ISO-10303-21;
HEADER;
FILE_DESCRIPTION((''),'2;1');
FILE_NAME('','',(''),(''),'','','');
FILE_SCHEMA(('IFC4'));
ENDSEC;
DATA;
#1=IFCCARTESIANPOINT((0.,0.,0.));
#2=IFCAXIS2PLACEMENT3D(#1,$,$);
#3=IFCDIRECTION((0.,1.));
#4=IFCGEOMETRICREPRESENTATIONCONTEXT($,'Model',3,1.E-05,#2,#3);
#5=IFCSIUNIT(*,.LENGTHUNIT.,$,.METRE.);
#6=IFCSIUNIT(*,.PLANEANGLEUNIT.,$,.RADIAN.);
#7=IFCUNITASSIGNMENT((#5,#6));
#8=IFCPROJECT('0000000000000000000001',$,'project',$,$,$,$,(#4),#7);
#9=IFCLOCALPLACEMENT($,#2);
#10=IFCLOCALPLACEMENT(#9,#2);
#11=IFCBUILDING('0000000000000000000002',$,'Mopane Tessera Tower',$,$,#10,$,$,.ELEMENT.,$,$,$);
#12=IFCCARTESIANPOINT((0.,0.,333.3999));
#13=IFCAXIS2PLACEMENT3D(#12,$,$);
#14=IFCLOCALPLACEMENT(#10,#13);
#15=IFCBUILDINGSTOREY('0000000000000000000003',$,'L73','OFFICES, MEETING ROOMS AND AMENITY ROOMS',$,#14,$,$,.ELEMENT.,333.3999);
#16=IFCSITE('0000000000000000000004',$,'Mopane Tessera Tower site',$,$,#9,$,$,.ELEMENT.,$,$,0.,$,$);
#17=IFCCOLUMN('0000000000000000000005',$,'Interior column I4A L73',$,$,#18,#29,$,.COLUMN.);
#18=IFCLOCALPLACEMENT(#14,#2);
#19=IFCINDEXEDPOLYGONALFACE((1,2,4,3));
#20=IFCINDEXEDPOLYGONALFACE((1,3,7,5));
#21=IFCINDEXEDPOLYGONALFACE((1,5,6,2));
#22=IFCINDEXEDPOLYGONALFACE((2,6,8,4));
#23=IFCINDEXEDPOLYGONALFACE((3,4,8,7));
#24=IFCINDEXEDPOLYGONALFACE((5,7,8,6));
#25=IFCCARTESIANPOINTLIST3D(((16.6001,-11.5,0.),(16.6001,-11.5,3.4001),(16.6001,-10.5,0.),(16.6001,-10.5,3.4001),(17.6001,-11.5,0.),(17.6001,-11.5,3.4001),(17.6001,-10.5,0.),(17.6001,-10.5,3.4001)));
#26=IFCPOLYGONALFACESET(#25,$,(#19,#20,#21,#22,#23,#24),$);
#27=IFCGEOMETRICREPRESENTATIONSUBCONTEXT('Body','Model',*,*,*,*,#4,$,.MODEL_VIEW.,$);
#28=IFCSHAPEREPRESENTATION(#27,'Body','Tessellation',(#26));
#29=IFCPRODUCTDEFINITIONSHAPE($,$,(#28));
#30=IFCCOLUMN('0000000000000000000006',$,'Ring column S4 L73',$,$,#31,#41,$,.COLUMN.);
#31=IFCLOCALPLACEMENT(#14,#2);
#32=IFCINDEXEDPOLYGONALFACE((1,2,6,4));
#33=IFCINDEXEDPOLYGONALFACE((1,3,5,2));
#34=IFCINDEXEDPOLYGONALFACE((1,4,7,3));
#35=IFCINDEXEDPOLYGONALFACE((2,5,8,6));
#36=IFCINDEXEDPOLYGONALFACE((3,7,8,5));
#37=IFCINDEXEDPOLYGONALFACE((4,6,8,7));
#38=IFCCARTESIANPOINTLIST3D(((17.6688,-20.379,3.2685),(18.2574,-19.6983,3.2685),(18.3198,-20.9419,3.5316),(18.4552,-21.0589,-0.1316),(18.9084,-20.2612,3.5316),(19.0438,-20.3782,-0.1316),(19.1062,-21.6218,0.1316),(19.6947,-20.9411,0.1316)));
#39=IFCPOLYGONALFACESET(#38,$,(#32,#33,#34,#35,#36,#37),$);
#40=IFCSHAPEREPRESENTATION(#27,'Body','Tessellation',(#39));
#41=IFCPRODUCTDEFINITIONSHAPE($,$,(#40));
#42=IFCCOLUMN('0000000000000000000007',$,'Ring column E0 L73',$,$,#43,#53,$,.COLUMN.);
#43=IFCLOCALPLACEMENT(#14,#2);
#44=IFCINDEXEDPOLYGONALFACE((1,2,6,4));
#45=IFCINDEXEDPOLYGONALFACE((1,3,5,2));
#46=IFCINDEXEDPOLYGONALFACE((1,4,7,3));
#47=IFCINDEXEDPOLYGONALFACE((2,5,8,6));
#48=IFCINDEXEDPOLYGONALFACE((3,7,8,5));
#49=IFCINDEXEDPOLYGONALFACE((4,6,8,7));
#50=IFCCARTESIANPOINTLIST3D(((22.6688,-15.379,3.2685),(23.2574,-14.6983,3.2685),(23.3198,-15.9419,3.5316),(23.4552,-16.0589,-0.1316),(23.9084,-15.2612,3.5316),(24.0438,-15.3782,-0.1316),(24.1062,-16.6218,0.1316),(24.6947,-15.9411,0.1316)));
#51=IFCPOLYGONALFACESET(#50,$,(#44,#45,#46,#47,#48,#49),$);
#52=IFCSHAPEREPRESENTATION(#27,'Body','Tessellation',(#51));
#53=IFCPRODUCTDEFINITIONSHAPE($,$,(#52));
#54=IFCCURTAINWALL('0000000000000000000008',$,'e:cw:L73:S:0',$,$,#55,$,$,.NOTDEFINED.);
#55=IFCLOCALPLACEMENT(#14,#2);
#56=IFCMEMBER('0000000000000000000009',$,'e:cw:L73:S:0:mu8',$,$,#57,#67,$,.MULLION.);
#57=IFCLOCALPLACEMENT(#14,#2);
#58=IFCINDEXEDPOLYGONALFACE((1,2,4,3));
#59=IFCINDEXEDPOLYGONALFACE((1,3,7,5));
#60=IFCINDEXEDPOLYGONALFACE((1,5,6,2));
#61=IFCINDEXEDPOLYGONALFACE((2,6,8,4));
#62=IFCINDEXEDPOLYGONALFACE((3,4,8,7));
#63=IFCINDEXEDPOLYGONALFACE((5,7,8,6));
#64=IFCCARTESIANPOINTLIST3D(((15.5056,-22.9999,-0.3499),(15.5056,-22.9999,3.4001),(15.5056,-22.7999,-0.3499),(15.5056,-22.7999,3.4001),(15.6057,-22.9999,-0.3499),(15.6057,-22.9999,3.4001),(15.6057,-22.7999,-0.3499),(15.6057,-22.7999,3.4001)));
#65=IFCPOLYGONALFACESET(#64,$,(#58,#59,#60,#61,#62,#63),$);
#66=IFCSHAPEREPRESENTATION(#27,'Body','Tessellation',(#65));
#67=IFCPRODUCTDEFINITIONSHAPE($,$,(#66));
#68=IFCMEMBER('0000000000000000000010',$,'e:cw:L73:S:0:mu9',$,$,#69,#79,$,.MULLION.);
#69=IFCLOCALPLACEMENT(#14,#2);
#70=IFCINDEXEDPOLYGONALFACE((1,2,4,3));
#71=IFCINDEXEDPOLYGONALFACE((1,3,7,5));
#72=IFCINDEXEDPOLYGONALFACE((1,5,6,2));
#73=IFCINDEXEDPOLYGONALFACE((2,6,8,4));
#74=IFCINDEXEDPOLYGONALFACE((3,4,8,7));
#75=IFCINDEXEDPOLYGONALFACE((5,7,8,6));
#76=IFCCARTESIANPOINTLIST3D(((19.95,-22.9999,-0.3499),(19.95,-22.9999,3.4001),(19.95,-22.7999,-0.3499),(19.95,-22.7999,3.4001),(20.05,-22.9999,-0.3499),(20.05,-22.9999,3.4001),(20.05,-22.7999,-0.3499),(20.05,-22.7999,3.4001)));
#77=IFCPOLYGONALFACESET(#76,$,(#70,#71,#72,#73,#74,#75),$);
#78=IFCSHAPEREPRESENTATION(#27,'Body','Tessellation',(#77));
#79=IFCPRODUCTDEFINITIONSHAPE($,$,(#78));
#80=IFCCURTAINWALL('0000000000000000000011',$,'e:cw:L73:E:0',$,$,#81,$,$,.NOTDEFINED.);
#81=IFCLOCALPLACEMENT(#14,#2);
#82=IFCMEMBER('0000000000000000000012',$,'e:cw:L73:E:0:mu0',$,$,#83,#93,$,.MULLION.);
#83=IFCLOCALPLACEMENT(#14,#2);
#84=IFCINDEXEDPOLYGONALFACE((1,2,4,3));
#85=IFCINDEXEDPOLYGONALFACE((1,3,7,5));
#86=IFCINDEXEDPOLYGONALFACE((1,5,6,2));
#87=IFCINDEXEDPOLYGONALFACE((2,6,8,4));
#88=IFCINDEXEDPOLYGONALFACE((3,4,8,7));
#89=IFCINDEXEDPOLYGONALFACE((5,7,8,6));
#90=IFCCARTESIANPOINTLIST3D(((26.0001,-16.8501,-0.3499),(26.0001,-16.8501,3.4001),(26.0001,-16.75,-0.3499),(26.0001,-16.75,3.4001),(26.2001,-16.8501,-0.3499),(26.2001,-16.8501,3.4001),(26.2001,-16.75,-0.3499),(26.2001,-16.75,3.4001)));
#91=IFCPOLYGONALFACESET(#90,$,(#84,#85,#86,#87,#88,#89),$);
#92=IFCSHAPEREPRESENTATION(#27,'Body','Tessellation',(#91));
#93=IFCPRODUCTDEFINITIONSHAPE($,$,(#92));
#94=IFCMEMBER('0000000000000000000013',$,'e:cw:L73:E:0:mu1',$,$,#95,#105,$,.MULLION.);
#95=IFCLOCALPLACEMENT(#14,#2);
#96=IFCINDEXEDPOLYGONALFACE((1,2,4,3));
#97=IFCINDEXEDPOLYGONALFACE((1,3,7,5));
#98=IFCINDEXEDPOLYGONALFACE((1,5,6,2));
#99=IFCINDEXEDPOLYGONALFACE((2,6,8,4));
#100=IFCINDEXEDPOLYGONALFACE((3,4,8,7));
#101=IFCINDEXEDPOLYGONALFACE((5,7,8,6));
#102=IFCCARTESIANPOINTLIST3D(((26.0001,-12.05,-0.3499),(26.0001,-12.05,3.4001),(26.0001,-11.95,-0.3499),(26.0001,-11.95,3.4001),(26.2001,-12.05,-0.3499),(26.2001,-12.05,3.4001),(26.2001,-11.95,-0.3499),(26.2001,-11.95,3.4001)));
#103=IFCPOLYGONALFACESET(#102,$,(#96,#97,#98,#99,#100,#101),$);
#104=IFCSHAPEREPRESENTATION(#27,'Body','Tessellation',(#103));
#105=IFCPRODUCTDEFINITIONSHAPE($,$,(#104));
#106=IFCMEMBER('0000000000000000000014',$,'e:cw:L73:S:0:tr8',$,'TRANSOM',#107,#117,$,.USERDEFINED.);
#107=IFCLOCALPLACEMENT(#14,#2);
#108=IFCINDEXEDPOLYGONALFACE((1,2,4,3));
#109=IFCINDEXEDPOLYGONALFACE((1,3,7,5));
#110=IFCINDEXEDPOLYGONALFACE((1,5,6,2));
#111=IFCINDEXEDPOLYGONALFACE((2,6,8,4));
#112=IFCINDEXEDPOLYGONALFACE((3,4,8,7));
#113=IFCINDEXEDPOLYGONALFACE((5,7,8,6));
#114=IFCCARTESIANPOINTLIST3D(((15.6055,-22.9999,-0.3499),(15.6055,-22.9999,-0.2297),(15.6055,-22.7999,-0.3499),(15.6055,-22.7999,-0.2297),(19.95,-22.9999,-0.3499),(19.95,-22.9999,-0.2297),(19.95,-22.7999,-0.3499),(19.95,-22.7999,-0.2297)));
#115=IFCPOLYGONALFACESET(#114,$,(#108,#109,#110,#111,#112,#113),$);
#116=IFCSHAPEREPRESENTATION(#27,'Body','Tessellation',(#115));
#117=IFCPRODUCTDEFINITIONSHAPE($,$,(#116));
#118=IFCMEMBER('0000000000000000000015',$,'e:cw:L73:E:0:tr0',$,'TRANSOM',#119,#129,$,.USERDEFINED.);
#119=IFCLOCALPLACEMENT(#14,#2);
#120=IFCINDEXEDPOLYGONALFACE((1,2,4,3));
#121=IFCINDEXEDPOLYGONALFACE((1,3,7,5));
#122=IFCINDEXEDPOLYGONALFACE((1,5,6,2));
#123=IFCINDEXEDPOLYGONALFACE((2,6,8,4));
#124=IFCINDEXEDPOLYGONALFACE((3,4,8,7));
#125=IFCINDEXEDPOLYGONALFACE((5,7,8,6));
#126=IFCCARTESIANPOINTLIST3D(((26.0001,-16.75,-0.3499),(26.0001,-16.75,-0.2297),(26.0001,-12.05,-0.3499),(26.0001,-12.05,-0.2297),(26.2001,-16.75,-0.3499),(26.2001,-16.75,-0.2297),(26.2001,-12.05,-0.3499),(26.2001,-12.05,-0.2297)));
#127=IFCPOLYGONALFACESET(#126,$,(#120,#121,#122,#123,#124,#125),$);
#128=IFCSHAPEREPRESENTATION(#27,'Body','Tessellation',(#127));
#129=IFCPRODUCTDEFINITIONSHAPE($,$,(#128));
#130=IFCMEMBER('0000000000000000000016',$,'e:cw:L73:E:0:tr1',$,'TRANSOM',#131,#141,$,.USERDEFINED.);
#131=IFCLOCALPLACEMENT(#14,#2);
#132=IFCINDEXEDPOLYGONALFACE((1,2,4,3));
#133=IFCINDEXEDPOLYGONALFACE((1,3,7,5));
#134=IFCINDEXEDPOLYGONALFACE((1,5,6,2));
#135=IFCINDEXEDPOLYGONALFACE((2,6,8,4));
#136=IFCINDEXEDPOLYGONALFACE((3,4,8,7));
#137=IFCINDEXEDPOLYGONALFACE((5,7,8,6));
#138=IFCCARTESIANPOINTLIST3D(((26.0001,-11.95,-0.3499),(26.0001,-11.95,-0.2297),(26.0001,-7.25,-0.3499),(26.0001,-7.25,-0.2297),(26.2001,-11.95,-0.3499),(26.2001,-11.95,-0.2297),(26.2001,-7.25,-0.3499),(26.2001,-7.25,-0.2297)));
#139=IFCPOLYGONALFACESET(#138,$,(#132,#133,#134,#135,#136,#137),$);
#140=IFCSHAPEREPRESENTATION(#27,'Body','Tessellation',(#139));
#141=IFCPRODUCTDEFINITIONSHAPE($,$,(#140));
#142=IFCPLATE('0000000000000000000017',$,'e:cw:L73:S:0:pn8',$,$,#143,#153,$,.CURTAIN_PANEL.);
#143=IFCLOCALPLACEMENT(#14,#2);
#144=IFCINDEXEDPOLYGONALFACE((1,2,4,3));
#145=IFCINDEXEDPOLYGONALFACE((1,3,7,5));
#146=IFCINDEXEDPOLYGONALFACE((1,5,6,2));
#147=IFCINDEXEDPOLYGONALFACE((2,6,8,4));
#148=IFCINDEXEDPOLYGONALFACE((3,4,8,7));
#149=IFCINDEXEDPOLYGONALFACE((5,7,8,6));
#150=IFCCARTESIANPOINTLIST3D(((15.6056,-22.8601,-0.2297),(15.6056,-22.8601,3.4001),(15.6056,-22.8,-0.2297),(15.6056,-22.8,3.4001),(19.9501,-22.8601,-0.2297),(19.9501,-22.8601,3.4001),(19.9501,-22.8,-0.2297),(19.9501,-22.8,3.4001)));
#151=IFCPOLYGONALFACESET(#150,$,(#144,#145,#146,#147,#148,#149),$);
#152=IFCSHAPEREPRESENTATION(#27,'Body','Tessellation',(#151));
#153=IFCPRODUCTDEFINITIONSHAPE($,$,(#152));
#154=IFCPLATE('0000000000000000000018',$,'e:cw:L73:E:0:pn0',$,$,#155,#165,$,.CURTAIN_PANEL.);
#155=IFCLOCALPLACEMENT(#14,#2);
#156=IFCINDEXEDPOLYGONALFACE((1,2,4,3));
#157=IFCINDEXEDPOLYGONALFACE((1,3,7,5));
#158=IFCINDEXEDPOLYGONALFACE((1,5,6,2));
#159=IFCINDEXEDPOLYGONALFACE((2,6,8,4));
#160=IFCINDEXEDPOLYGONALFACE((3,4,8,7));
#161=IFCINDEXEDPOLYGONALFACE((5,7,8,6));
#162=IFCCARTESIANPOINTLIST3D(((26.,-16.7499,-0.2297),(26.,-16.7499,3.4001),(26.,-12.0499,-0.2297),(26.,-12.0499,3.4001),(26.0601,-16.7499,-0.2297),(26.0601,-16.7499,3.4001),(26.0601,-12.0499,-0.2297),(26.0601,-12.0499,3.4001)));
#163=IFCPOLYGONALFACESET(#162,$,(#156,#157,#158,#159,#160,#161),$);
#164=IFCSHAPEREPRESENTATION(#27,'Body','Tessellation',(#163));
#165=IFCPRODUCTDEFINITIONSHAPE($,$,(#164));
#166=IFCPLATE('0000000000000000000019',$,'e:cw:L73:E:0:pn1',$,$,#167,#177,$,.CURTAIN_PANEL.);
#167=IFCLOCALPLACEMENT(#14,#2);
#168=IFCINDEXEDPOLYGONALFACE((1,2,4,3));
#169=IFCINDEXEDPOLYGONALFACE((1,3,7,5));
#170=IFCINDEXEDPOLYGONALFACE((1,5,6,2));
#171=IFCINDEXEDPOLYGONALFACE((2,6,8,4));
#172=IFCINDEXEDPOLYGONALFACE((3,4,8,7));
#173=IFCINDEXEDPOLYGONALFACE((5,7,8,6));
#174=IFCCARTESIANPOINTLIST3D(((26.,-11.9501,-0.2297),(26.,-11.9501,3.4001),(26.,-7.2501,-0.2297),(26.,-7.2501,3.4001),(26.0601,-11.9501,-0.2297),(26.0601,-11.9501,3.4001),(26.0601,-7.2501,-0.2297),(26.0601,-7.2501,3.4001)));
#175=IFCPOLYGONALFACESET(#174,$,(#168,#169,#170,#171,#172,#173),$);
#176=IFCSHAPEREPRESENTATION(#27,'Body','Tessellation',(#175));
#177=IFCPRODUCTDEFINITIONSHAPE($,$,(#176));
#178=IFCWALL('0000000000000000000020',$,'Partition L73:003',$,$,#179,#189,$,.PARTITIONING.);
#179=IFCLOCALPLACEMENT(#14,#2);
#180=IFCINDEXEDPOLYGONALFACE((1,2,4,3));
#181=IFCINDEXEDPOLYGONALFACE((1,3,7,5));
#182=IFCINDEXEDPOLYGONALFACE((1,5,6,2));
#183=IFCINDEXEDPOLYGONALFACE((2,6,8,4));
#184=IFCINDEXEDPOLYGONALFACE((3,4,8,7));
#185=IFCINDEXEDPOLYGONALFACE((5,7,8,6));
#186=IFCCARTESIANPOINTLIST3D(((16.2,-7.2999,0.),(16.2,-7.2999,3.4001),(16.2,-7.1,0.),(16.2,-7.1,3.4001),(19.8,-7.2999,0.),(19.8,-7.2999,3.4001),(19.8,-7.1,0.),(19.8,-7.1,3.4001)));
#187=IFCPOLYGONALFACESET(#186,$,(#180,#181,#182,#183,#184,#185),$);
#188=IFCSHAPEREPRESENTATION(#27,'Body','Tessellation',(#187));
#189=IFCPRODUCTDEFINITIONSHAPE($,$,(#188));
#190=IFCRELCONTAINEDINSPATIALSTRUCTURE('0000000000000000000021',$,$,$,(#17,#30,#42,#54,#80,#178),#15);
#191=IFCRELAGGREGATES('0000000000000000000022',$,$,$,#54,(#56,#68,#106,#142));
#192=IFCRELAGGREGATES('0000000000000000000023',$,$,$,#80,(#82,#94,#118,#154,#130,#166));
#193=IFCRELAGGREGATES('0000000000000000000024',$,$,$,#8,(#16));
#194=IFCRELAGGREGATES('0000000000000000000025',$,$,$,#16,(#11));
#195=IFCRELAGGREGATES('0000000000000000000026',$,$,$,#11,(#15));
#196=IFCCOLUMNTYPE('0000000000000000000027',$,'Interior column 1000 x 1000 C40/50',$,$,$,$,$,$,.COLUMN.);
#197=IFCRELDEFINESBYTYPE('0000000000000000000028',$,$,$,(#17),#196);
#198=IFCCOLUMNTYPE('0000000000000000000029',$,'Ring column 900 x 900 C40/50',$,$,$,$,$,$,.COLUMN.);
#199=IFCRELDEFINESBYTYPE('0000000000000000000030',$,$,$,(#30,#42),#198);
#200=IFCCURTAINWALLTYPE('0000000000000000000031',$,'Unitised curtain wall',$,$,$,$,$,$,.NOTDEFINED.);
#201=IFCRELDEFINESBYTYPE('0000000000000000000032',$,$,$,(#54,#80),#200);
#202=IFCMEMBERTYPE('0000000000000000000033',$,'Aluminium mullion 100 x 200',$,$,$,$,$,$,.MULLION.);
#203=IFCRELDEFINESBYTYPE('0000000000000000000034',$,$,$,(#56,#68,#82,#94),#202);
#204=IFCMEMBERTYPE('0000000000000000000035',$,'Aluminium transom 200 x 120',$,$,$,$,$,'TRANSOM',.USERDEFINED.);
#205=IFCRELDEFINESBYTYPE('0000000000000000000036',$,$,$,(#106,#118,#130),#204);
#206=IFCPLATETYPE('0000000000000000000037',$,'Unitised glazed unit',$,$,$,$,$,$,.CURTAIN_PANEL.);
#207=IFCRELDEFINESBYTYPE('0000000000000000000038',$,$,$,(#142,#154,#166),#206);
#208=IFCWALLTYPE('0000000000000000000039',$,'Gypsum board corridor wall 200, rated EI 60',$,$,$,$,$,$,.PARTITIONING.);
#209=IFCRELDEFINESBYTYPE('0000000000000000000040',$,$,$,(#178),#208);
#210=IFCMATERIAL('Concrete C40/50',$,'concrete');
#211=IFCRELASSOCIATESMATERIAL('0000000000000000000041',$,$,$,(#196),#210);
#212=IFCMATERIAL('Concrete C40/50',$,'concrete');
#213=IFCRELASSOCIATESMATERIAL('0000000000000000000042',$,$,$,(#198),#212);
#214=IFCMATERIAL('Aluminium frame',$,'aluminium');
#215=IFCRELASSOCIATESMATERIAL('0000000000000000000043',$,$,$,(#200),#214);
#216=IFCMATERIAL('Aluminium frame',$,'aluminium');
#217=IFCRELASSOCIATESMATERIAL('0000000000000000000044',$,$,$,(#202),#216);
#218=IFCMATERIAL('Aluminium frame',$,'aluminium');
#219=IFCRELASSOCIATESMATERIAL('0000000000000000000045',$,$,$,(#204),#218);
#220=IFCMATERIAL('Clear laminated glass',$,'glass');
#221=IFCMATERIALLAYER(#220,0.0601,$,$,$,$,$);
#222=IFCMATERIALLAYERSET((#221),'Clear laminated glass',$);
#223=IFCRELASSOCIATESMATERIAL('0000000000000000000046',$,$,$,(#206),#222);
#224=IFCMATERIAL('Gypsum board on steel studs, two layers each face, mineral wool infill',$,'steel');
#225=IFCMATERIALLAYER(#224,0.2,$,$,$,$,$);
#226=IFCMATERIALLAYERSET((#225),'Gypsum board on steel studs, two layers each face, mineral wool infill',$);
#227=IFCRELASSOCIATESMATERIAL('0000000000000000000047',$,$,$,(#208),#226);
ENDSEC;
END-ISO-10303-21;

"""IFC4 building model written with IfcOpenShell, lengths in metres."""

from ifc_helpers import new_model, si_unit, direction, frame, frame_2d, origin, origin_2d, place, context, subcontext, project, spatial, rectangle, extrude, material, layer, layer_set, material_profile, profile_set, type_object, element, aggregate, save


model = new_model("IFC4")

# Units and contexts
model_context = context("Model", 3, precision=1e-05, world=origin(), true_north=direction((0.0, 1.0)))
body_context = subcontext(model_context, "Body", "Model", "MODEL_VIEW")
ifc_project = project(units=[si_unit("LENGTHUNIT", "METRE"), si_unit("PLANEANGLEUNIT", "RADIAN")], contexts=[model_context])

# Site, building, storey
site_placement = place(None, origin())
site = spatial("IfcSite", under=ifc_project, at=site_placement, Name="Mopane Tessera Tower site", CompositionType="ELEMENT", RefElevation=0.0)
building_placement = place(site_placement, origin())
building = spatial("IfcBuilding", under=site, at=building_placement, Name="Mopane Tessera Tower", CompositionType="ELEMENT")
storey_placement = place(building_placement, frame((0.0, 0.0, 333.3999)))
storey = spatial("IfcBuildingStorey", under=building, at=storey_placement, Name="L73", Description="OFFICES, MEETING ROOMS AND AMENITY ROOMS", CompositionType="ELEMENT", Elevation=333.3999)

# Columns
ifc_material_1 = material(Name="Concrete C40/50", Category="concrete")
ifc_material_profile_1 = material_profile(ifc_material_1, rectangle(XDim=1.0, YDim=1.0, at=origin_2d()))
ifc_profile_set_1 = profile_set([ifc_material_profile_1], Name="Concrete C40/50")
column_type_1 = type_object("IfcColumnType", Name="Interior column 1000 x 1000 C40/50", PredefinedType="COLUMN", material=ifc_profile_set_1)
column_placement = place(storey_placement, frame((17.1001, -11.0, 0.0), z_axis=(0.0, 0.0, 1.0), x_axis=(1.0, 0.0, 0.0)))
element("IfcColumn", 1, at=column_placement, inside=storey, type_object=column_type_1, Name="Interior column I4A L73", PredefinedType="COLUMN", context=body_context, shape_type="SweptSolid", body=[
    extrude(rectangle(XDim=1.0, YDim=1.0, at=origin_2d()), origin(), (0.0, 0.0, 1.0), 3.4001),
])
ifc_material_2 = material(Name="Concrete C40/50", Category="concrete")
ifc_material_profile_2 = material_profile(ifc_material_2, rectangle(XDim=0.8999, YDim=0.8999, at=origin_2d()))
ifc_profile_set_2 = profile_set([ifc_material_profile_2], Name="Concrete C40/50")
column_type_2 = type_object("IfcColumnType", Name="Ring column 900 x 900 C40/50", PredefinedType="COLUMN", material=ifc_profile_set_2)
for number, where, z_axis, x_axis, name in (
    (2, (19.075, -21.0, 0.0), (-0.221171, 0.191233, 0.956302), (-0.654054, -0.756448, 0.0), "Ring column S4 L73"),
    (3, (24.075, -16.0, 0.0), (-0.221171, 0.191233, 0.956302), (-0.654054, -0.756448, 0.0), "Ring column E0 L73"),
):
    element("IfcColumn", number, at=place(storey_placement, frame(where, z_axis=z_axis, x_axis=x_axis)), inside=storey, type_object=column_type_2, Name=name, PredefinedType="COLUMN", context=body_context, shape_type="SweptSolid", body=[
        extrude(rectangle(XDim=0.8999, YDim=0.8999, at=origin_2d()), origin(), (0.0, 0.0, 1.0), 3.5554),
    ])

# Curtain walls, members
ifc_material_3 = material(Name="Aluminium frame", Category="aluminium")
curtain_wall_type = type_object("IfcCurtainWallType", Name="Unitised curtain wall", PredefinedType="NOTDEFINED", material=ifc_material_3)
curtain_wall_1_placement = place(storey_placement, origin())
curtain_wall_1 = element("IfcCurtainWall", 4, at=curtain_wall_1_placement, inside=storey, type_object=curtain_wall_type, Name="e:cw:L73:S:0", PredefinedType="NOTDEFINED")
ifc_material_4 = material(Name="Aluminium frame", Category="aluminium")
ifc_material_profile_3 = material_profile(ifc_material_4, rectangle(XDim=0.1001, YDim=0.2, at=origin_2d()))
ifc_profile_set_3 = profile_set([ifc_material_profile_3], Name="Aluminium frame")
member_type_1 = type_object("IfcMemberType", Name="Aluminium mullion 100 x 200", PredefinedType="MULLION", material=ifc_profile_set_3)
member_1_placement = place(storey_placement, frame((15.5557, -22.8999, -0.3499), z_axis=(0.0, 0.0, 1.0), x_axis=(1.0, 0.0, 0.0)))
member_1 = element("IfcMember", 5, at=member_1_placement, type_object=member_type_1, Name="e:cw:L73:S:0:mu8", PredefinedType="MULLION", context=body_context, shape_type="SweptSolid", body=[
    extrude(rectangle(XDim=0.1001, YDim=0.2, at=origin_2d()), origin(), (0.0, 0.0, 1.0), 3.75),
])
member_2_placement = place(storey_placement, frame((20.0, -22.8999, -0.3499), z_axis=(0.0, 0.0, 1.0), x_axis=(1.0, 0.0, 0.0)))
member_2 = element("IfcMember", 6, at=member_2_placement, type_object=member_type_1, Name="e:cw:L73:S:0:mu9", PredefinedType="MULLION", context=body_context, shape_type="SweptSolid", body=[
    extrude(rectangle(XDim=0.1001, YDim=0.2, at=origin_2d()), origin(), (0.0, 0.0, 1.0), 3.75),
])
curtain_wall_2_placement = place(storey_placement, origin())
curtain_wall_2 = element("IfcCurtainWall", 7, at=curtain_wall_2_placement, inside=storey, type_object=curtain_wall_type, Name="e:cw:L73:E:0", PredefinedType="NOTDEFINED")
member_3_placement = place(storey_placement, frame((26.1001, -16.8, -0.3499), z_axis=(0.0, 0.0, 1.0), x_axis=(0.0, 1.0, 0.0)))
member_3 = element("IfcMember", 8, at=member_3_placement, type_object=member_type_1, Name="e:cw:L73:E:0:mu0", PredefinedType="MULLION", context=body_context, shape_type="SweptSolid", body=[
    extrude(rectangle(XDim=0.1001, YDim=0.2, at=origin_2d()), origin(), (0.0, 0.0, 1.0), 3.75),
])
member_4_placement = place(storey_placement, frame((26.1001, -12.0, -0.3499), z_axis=(0.0, 0.0, 1.0), x_axis=(0.0, 1.0, 0.0)))
member_4 = element("IfcMember", 9, at=member_4_placement, type_object=member_type_1, Name="e:cw:L73:E:0:mu1", PredefinedType="MULLION", context=body_context, shape_type="SweptSolid", body=[
    extrude(rectangle(XDim=0.1001, YDim=0.2, at=origin_2d()), origin(), (0.0, 0.0, 1.0), 3.75),
])

# Members
ifc_material_5 = material(Name="Aluminium frame", Category="aluminium")
ifc_material_profile_4 = material_profile(ifc_material_5, rectangle(XDim=0.2, YDim=0.1201, at=origin_2d()))
ifc_profile_set_4 = profile_set([ifc_material_profile_4], Name="Aluminium frame")
member_type_2 = type_object("IfcMemberType", Name="Aluminium transom 200 x 120", ElementType="TRANSOM", PredefinedType="USERDEFINED", material=ifc_profile_set_4)
member_5_placement = place(storey_placement, frame((15.6055, -22.8999, -0.2898), z_axis=(1.0, 0.0, 0.0), x_axis=(0.0, 1.0, 0.0)))
member_5 = element("IfcMember", 10, at=member_5_placement, type_object=member_type_2, Name="e:cw:L73:S:0:tr8", ObjectType="TRANSOM", PredefinedType="USERDEFINED", context=body_context, shape_type="SweptSolid", body=[
    extrude(rectangle(XDim=0.2, YDim=0.1201, at=origin_2d()), origin(), (0.0, 0.0, 1.0), 4.3445),
])
member_6_placement = place(storey_placement, frame((26.1001, -16.75, -0.2898), z_axis=(0.0, 1.0, 0.0), x_axis=(-1.0, 0.0, 0.0)))
member_6 = element("IfcMember", 11, at=member_6_placement, type_object=member_type_2, Name="e:cw:L73:E:0:tr0", ObjectType="TRANSOM", PredefinedType="USERDEFINED", context=body_context, shape_type="SweptSolid", body=[
    extrude(rectangle(XDim=0.2, YDim=0.1201, at=origin_2d()), origin(), (0.0, 0.0, 1.0), 4.7),
])
member_7_placement = place(storey_placement, frame((26.1001, -11.95, -0.2898), z_axis=(0.0, 1.0, 0.0), x_axis=(-1.0, 0.0, 0.0)))
member_7 = element("IfcMember", 12, at=member_7_placement, type_object=member_type_2, Name="e:cw:L73:E:0:tr1", ObjectType="TRANSOM", PredefinedType="USERDEFINED", context=body_context, shape_type="SweptSolid", body=[
    extrude(rectangle(XDim=0.2, YDim=0.1201, at=origin_2d()), origin(), (0.0, 0.0, 1.0), 4.7),
])

# Plates
ifc_material_6 = material(Name="Clear laminated glass", Category="glass")
ifc_layer_1 = layer(ifc_material_6, 0.0601)
ifc_layer_set_1 = layer_set([ifc_layer_1], Name="Clear laminated glass")
plate_type = type_object("IfcPlateType", Name="Unitised glazed unit", PredefinedType="CURTAIN_PANEL", material=ifc_layer_set_1)
plate_1_placement = place(storey_placement, frame((17.7778, -22.8301, -0.2297), z_axis=(0.0, 0.0, 1.0), x_axis=(1.0, 0.0, 0.0)))
plate_1 = element("IfcPlate", 13, at=plate_1_placement, type_object=plate_type, Name="e:cw:L73:S:0:pn8", PredefinedType="CURTAIN_PANEL", context=body_context, shape_type="SweptSolid", body=[
    extrude(rectangle(XDim=4.3445, YDim=0.0601, at=origin_2d()), origin(), (0.0, 0.0, 1.0), 3.6299),
])
aggregate(curtain_wall_1, [member_1, member_2, member_5, plate_1])
plate_2_placement = place(storey_placement, frame((26.03, -14.3999, -0.2297), z_axis=(0.0, 0.0, 1.0), x_axis=(0.0, 1.0, 0.0)))
plate_2 = element("IfcPlate", 14, at=plate_2_placement, type_object=plate_type, Name="e:cw:L73:E:0:pn0", PredefinedType="CURTAIN_PANEL", context=body_context, shape_type="SweptSolid", body=[
    extrude(rectangle(XDim=4.7, YDim=0.0601, at=origin_2d()), origin(), (0.0, 0.0, 1.0), 3.6299),
])
plate_3_placement = place(storey_placement, frame((26.03, -9.6001, -0.2297), z_axis=(0.0, 0.0, 1.0), x_axis=(0.0, 1.0, 0.0)))
plate_3 = element("IfcPlate", 15, at=plate_3_placement, type_object=plate_type, Name="e:cw:L73:E:0:pn1", PredefinedType="CURTAIN_PANEL", context=body_context, shape_type="SweptSolid", body=[
    extrude(rectangle(XDim=4.7, YDim=0.0601, at=origin_2d()), origin(), (0.0, 0.0, 1.0), 3.6299),
])
aggregate(curtain_wall_2, [member_3, member_4, member_6, plate_2, member_7, plate_3])

# Wall
ifc_material_7 = material(Name="Gypsum board on steel studs, two layers each face, mineral wool infill", Category="steel")
ifc_layer_2 = layer(ifc_material_7, 0.2)
ifc_layer_set_2 = layer_set([ifc_layer_2], Name="Gypsum board on steel studs, two layers each face, mineral wool infill")
wall_type = type_object("IfcWallType", Name="Gypsum board corridor wall 200, rated EI 60", PredefinedType="PARTITIONING", material=ifc_layer_set_2)
wall_1_placement = place(storey_placement, frame((16.2, -7.2, 0.0), z_axis=(0.0, 0.0, 1.0), x_axis=(1.0, 0.0, 0.0)))
element("IfcWall", 16, at=wall_1_placement, inside=storey, type_object=wall_type, Name="Partition L73:003", PredefinedType="PARTITIONING", context=body_context, shape_type="SweptSolid", body=[
    extrude(rectangle(XDim=3.6001, YDim=0.2, at=frame_2d((1.8, 0.0))), origin(), (0.0, 0.0, 1.0), 3.4001),
])

save(model, "model.ifc")
